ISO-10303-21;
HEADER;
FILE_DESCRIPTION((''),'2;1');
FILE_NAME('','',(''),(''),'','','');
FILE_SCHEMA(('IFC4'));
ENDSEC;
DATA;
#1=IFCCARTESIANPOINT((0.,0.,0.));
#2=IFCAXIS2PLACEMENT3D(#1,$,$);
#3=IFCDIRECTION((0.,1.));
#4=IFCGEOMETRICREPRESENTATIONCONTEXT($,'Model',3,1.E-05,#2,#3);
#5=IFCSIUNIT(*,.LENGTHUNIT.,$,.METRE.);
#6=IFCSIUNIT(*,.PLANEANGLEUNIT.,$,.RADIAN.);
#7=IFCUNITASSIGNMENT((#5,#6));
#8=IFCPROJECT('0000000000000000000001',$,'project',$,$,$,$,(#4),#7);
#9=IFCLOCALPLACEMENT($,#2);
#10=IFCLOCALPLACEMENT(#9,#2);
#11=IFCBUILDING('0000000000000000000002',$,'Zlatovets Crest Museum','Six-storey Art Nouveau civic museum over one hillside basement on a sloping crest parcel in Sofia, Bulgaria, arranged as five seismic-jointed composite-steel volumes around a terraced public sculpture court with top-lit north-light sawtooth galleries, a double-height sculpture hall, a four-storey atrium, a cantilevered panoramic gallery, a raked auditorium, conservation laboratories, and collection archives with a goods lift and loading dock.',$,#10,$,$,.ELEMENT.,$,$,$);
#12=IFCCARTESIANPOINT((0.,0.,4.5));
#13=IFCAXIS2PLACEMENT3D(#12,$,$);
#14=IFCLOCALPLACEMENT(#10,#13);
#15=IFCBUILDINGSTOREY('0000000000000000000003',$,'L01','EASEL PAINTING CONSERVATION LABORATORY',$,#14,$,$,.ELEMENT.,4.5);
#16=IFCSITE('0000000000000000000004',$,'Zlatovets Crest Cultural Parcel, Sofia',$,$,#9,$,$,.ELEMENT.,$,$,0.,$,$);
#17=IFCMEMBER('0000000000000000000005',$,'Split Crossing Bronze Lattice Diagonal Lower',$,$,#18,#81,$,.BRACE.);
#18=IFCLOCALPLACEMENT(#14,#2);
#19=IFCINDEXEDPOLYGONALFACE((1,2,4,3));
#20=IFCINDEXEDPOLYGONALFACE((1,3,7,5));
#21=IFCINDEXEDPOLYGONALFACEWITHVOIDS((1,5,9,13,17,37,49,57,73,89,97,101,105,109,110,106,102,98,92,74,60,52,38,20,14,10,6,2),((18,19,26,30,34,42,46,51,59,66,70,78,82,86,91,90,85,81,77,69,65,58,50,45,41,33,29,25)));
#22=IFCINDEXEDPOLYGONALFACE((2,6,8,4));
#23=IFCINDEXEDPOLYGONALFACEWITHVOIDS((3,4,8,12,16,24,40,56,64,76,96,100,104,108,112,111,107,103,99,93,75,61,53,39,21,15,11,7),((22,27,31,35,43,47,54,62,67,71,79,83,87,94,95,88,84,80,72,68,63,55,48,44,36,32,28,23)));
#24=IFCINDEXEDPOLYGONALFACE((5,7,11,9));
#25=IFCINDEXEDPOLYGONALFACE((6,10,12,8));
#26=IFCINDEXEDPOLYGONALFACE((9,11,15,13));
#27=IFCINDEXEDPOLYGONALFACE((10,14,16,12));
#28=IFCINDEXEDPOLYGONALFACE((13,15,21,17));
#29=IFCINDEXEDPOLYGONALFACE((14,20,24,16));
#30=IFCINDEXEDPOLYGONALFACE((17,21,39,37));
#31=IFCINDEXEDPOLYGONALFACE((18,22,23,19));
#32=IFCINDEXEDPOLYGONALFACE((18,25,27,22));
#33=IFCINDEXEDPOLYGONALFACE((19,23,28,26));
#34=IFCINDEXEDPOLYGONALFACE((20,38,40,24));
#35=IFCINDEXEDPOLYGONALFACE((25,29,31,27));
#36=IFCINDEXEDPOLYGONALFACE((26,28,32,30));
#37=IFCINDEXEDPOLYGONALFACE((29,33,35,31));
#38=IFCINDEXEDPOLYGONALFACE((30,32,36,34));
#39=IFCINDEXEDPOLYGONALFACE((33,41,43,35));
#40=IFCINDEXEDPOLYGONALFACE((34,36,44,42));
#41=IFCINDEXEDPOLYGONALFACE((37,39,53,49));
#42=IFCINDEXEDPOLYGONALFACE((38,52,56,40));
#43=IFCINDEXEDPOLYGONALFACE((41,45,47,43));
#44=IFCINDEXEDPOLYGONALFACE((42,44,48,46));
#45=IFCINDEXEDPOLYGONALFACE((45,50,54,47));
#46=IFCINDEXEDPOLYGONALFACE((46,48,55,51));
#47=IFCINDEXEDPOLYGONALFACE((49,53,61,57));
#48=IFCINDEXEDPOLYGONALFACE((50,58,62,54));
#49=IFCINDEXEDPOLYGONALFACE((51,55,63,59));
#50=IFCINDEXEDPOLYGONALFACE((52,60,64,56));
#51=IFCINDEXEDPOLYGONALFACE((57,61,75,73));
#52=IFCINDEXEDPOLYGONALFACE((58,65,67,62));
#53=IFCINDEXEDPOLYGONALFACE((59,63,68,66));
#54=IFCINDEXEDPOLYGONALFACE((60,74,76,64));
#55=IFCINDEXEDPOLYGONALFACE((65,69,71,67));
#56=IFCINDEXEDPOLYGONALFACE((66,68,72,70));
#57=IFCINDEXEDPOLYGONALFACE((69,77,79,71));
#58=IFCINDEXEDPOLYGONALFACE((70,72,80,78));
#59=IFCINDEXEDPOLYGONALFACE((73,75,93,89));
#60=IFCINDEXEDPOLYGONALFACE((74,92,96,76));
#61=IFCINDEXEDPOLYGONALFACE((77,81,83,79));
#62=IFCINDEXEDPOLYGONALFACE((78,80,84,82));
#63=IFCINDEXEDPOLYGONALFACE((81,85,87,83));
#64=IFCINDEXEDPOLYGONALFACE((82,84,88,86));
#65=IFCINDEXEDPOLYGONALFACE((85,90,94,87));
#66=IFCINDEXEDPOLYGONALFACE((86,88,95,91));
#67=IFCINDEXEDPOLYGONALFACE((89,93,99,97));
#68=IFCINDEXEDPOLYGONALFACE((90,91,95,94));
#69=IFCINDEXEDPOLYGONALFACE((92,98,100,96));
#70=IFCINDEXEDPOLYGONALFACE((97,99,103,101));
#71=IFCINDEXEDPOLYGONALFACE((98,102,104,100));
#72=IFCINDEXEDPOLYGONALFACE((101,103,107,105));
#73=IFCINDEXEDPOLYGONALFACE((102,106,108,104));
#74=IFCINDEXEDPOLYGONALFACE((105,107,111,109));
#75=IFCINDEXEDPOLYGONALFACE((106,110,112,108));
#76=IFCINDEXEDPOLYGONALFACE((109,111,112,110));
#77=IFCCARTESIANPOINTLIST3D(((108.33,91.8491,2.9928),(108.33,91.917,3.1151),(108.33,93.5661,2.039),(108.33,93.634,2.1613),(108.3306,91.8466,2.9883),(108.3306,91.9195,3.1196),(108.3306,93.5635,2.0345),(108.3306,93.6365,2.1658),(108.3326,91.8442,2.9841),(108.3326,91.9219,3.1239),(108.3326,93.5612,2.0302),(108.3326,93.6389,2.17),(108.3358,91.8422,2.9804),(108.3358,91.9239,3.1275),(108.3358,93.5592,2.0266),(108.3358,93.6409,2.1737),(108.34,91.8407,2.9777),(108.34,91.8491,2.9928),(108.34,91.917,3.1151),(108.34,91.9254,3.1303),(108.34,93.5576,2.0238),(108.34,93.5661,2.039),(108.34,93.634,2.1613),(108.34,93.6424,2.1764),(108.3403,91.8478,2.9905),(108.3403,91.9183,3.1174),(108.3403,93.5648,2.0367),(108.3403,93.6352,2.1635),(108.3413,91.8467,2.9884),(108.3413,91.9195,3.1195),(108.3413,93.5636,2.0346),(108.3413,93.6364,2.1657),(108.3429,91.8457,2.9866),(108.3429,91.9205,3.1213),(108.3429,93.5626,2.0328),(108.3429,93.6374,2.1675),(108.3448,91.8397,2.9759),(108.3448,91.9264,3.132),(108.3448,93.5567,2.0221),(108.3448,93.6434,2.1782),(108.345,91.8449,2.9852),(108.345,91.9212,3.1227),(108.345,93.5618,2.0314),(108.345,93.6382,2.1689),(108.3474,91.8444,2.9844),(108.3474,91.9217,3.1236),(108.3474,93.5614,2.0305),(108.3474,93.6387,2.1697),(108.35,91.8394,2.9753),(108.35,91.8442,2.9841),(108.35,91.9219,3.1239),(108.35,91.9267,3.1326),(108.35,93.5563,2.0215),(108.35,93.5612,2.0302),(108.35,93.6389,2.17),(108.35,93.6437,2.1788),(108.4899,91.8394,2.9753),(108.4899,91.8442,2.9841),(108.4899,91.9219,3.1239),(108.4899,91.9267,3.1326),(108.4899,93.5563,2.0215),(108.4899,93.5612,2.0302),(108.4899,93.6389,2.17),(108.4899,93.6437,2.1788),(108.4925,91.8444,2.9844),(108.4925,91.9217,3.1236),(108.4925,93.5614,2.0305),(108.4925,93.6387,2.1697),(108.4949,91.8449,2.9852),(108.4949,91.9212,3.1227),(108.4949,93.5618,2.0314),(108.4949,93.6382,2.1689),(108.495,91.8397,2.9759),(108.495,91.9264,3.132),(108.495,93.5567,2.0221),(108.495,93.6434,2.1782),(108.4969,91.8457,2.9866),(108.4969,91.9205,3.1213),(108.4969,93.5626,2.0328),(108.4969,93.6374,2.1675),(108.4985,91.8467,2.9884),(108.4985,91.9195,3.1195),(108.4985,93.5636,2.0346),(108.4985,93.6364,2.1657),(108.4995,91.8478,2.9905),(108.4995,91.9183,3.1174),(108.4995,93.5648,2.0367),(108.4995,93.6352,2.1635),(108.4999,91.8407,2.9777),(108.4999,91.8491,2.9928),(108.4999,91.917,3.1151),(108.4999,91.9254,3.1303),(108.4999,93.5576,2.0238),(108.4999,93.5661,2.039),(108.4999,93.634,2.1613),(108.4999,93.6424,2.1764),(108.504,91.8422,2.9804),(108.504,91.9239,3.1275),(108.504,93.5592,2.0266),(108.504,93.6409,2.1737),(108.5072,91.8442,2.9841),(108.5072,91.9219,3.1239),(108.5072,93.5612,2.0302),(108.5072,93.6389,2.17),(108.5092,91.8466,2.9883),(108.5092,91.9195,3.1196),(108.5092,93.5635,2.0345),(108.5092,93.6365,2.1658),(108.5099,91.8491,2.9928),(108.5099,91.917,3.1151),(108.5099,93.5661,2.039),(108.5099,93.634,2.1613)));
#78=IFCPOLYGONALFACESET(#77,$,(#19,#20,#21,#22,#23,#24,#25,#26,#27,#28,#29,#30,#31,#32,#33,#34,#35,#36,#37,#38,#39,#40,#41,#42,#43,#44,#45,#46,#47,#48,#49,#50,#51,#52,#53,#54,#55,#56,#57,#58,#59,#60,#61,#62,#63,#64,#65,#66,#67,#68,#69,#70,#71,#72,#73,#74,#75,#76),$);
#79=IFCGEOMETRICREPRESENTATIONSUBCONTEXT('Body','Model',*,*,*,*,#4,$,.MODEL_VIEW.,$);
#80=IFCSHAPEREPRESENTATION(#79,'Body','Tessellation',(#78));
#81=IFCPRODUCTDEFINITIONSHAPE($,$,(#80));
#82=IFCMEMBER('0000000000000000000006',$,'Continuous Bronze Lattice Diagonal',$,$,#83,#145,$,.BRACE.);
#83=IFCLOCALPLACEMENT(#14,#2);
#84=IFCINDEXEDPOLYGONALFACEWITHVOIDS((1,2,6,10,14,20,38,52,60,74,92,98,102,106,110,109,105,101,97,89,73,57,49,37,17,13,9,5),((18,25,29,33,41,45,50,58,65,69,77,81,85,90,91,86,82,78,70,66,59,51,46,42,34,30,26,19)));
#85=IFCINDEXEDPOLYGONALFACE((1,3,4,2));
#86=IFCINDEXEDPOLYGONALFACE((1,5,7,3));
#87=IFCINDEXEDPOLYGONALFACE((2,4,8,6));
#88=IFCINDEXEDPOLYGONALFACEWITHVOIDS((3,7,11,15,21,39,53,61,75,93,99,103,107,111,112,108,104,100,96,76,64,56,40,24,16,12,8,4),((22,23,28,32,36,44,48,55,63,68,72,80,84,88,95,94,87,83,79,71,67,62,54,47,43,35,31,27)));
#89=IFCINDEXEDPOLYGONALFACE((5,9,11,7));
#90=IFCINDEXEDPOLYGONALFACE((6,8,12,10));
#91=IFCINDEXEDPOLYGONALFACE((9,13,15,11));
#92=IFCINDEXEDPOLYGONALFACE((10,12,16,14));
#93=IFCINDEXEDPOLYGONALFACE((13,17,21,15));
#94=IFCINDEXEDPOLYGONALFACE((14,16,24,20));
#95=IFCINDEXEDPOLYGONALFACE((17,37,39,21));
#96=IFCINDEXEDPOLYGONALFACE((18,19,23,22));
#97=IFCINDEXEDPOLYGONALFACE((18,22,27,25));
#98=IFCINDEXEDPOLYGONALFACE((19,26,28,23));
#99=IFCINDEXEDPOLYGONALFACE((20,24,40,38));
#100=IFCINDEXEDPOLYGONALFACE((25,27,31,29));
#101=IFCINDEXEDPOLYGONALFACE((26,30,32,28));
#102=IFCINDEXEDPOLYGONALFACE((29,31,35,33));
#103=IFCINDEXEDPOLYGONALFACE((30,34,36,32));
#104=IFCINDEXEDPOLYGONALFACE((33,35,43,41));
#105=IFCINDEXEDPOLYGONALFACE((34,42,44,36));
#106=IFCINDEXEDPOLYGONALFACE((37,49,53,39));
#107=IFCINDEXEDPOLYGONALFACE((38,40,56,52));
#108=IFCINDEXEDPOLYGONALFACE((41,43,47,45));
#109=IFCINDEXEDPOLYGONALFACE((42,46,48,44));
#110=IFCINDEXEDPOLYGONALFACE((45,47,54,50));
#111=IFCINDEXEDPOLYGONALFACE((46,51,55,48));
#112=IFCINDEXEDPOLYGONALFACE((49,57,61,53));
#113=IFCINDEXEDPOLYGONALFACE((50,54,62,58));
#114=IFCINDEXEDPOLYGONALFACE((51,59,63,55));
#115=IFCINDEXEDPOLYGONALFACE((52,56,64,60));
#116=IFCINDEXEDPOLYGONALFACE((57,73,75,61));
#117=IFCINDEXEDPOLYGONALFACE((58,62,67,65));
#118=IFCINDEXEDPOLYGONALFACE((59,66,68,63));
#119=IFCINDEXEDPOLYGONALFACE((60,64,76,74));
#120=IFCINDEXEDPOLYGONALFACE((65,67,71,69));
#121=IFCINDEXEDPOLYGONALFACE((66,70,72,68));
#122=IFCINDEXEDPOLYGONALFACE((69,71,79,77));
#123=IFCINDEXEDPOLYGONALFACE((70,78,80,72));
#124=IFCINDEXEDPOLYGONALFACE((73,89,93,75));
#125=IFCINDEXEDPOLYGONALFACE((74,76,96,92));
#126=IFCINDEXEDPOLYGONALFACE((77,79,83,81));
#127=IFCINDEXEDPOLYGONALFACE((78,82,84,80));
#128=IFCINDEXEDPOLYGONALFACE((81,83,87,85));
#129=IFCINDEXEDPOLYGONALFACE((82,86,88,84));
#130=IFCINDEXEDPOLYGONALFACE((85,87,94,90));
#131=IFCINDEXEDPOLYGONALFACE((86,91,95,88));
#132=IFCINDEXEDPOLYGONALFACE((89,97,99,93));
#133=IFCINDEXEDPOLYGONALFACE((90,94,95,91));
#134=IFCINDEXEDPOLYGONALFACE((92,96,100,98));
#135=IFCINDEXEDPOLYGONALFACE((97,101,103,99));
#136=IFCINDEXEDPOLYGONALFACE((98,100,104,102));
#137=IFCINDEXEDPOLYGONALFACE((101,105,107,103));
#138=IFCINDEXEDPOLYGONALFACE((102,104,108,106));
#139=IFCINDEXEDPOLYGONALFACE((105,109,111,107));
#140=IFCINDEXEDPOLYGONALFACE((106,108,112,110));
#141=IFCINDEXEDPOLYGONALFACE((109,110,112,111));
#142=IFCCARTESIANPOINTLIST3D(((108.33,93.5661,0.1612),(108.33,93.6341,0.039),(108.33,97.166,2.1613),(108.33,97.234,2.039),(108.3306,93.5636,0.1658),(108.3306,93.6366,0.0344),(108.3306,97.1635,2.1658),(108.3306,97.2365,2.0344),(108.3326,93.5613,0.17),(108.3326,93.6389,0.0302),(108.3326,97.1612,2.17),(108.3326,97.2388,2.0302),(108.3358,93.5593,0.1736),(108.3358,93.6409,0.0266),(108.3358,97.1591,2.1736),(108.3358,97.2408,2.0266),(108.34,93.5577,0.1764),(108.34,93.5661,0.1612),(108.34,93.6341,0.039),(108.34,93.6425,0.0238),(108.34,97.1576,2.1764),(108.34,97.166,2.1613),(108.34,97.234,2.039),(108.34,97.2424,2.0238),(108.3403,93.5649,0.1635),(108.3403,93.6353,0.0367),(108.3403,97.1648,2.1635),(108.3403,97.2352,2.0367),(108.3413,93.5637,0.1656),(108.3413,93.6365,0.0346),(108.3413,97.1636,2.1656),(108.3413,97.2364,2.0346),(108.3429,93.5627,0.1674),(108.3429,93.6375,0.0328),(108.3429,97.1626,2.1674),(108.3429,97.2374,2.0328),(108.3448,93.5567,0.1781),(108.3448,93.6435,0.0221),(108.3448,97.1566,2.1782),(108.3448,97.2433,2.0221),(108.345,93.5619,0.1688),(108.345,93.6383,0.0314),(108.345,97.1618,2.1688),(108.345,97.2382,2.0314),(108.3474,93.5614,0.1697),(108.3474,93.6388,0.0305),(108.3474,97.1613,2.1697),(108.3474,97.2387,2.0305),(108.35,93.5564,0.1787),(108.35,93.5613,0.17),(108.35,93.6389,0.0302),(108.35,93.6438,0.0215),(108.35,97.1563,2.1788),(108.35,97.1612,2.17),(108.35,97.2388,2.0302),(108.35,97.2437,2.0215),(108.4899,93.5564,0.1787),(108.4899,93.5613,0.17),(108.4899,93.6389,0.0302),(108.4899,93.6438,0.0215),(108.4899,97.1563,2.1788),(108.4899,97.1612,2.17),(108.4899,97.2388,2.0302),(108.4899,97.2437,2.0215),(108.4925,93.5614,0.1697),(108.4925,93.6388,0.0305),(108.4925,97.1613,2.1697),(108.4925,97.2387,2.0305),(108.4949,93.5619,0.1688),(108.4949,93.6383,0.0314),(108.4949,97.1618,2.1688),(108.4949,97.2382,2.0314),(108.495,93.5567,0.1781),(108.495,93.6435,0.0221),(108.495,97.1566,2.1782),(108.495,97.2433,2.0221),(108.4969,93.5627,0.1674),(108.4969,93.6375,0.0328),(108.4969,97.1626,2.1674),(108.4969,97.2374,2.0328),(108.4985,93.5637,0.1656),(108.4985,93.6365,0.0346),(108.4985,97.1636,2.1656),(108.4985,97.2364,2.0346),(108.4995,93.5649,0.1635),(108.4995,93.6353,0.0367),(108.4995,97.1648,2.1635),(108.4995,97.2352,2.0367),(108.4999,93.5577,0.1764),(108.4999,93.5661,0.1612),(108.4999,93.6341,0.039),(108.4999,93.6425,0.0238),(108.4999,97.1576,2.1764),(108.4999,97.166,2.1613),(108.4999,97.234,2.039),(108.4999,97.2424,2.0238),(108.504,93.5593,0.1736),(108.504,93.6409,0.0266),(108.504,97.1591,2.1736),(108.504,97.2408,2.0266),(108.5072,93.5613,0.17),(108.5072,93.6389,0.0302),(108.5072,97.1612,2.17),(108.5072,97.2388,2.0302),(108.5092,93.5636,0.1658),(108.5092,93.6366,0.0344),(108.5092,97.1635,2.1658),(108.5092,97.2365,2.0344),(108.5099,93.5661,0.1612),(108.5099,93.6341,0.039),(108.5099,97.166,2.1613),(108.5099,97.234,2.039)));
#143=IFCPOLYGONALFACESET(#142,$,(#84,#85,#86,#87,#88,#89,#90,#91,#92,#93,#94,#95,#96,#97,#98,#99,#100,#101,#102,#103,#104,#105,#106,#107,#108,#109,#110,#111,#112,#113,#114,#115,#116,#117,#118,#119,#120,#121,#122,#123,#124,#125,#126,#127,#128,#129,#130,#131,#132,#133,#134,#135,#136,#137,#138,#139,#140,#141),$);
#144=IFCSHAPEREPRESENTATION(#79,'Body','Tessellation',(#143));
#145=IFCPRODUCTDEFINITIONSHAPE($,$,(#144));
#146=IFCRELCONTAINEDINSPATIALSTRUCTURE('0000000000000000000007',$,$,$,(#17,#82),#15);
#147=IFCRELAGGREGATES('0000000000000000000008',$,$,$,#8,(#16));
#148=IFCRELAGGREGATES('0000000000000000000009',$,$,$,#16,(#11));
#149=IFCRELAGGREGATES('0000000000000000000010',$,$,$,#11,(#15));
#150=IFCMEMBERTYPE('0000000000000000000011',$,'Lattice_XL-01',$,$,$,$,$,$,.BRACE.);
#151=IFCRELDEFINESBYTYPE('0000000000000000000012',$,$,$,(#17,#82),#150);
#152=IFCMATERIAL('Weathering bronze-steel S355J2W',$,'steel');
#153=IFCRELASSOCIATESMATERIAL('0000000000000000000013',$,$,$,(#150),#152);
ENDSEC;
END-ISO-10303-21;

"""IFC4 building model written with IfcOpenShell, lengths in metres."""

from ifc_helpers import new_model, si_unit, direction, frame, origin, origin_2d, place, context, subcontext, project, spatial, hollow_rectangle, extrude, material, material_profile, profile_set, type_object, element, save


model = new_model("IFC4")

# Units and contexts
model_context = context("Model", 3, precision=1e-05, world=origin(), true_north=direction((0.0, 1.0)))
body_context = subcontext(model_context, "Body", "Model", "MODEL_VIEW")
ifc_project = project(units=[si_unit("LENGTHUNIT", "METRE"), si_unit("PLANEANGLEUNIT", "RADIAN")], contexts=[model_context])

# Site, building, storey
site_placement = place(None, origin())
site = spatial("IfcSite", under=ifc_project, at=site_placement, Name="Zlatovets Crest Cultural Parcel, Sofia", CompositionType="ELEMENT", RefElevation=0.0)
building_placement = place(site_placement, origin())
building = spatial("IfcBuilding", under=site, at=building_placement, Name="Zlatovets Crest Museum", Description="Six-storey Art Nouveau civic museum over one hillside basement on a sloping crest parcel in Sofia, Bulgaria, arranged as five seismic-jointed composite-steel volumes around a terraced public sculpture court with top-lit north-light sawtooth galleries, a double-height sculpture hall, a four-storey atrium, a cantilevered panoramic gallery, a raked auditorium, conservation laboratories, and collection archives with a goods lift and loading dock.", CompositionType="ELEMENT")
storey_placement = place(building_placement, frame((0.0, 0.0, 4.5)))
storey = spatial("IfcBuildingStorey", under=building, at=storey_placement, Name="L01", Description="EASEL PAINTING CONSERVATION LABORATORY", CompositionType="ELEMENT", Elevation=4.5)

# Members
ifc_material_1 = material(Name="Weathering bronze-steel S355J2W", Category="steel")
ifc_material_profile_1 = material_profile(ifc_material_1, hollow_rectangle(XDim=0.1799, YDim=0.1799, WallThickness=0.01, InnerFilletRadius=0.01, OuterFilletRadius=0.02, at=origin_2d()), Name="SHS 180x180x10.0")
ifc_profile_set_1 = profile_set([ifc_material_profile_1], Name="Weathering bronze-steel S355J2W")
member_type_1 = type_object("IfcMemberType", Name="Lattice_XL-01", PredefinedType="BRACE", material=ifc_profile_set_1)
member_1_placement = place(storey_placement, frame((108.4199, 91.8831, 3.054), z_axis=(0.0, 0.874169, -0.485622), x_axis=(-1.0, 0.0, 0.0)))
element("IfcMember", 1, at=member_1_placement, inside=storey, type_object=member_type_1, Name="Split Crossing Bronze Lattice Diagonal Lower", PredefinedType="BRACE", context=body_context, shape_type="SweptSolid", body=[
    extrude(hollow_rectangle(XDim=0.1799, YDim=0.1799, WallThickness=0.01, InnerFilletRadius=0.01, OuterFilletRadius=0.02, at=origin_2d()), origin(), (0.0, 0.0, 1.0), 1.9641),
])
member_2_placement = place(storey_placement, frame((108.4199, 93.6001, 0.1001), z_axis=(0.0, 0.874149, 0.485658), x_axis=(-1.0, 0.0, 0.0)))
element("IfcMember", 2, at=member_2_placement, inside=storey, type_object=member_type_1, Name="Continuous Bronze Lattice Diagonal", PredefinedType="BRACE", context=body_context, shape_type="SweptSolid", body=[
    extrude(hollow_rectangle(XDim=0.1799, YDim=0.1799, WallThickness=0.01, InnerFilletRadius=0.01, OuterFilletRadius=0.02, at=origin_2d()), origin(), (0.0, 0.0, 1.0), 4.1182),
])

save(model, "model.ifc")
